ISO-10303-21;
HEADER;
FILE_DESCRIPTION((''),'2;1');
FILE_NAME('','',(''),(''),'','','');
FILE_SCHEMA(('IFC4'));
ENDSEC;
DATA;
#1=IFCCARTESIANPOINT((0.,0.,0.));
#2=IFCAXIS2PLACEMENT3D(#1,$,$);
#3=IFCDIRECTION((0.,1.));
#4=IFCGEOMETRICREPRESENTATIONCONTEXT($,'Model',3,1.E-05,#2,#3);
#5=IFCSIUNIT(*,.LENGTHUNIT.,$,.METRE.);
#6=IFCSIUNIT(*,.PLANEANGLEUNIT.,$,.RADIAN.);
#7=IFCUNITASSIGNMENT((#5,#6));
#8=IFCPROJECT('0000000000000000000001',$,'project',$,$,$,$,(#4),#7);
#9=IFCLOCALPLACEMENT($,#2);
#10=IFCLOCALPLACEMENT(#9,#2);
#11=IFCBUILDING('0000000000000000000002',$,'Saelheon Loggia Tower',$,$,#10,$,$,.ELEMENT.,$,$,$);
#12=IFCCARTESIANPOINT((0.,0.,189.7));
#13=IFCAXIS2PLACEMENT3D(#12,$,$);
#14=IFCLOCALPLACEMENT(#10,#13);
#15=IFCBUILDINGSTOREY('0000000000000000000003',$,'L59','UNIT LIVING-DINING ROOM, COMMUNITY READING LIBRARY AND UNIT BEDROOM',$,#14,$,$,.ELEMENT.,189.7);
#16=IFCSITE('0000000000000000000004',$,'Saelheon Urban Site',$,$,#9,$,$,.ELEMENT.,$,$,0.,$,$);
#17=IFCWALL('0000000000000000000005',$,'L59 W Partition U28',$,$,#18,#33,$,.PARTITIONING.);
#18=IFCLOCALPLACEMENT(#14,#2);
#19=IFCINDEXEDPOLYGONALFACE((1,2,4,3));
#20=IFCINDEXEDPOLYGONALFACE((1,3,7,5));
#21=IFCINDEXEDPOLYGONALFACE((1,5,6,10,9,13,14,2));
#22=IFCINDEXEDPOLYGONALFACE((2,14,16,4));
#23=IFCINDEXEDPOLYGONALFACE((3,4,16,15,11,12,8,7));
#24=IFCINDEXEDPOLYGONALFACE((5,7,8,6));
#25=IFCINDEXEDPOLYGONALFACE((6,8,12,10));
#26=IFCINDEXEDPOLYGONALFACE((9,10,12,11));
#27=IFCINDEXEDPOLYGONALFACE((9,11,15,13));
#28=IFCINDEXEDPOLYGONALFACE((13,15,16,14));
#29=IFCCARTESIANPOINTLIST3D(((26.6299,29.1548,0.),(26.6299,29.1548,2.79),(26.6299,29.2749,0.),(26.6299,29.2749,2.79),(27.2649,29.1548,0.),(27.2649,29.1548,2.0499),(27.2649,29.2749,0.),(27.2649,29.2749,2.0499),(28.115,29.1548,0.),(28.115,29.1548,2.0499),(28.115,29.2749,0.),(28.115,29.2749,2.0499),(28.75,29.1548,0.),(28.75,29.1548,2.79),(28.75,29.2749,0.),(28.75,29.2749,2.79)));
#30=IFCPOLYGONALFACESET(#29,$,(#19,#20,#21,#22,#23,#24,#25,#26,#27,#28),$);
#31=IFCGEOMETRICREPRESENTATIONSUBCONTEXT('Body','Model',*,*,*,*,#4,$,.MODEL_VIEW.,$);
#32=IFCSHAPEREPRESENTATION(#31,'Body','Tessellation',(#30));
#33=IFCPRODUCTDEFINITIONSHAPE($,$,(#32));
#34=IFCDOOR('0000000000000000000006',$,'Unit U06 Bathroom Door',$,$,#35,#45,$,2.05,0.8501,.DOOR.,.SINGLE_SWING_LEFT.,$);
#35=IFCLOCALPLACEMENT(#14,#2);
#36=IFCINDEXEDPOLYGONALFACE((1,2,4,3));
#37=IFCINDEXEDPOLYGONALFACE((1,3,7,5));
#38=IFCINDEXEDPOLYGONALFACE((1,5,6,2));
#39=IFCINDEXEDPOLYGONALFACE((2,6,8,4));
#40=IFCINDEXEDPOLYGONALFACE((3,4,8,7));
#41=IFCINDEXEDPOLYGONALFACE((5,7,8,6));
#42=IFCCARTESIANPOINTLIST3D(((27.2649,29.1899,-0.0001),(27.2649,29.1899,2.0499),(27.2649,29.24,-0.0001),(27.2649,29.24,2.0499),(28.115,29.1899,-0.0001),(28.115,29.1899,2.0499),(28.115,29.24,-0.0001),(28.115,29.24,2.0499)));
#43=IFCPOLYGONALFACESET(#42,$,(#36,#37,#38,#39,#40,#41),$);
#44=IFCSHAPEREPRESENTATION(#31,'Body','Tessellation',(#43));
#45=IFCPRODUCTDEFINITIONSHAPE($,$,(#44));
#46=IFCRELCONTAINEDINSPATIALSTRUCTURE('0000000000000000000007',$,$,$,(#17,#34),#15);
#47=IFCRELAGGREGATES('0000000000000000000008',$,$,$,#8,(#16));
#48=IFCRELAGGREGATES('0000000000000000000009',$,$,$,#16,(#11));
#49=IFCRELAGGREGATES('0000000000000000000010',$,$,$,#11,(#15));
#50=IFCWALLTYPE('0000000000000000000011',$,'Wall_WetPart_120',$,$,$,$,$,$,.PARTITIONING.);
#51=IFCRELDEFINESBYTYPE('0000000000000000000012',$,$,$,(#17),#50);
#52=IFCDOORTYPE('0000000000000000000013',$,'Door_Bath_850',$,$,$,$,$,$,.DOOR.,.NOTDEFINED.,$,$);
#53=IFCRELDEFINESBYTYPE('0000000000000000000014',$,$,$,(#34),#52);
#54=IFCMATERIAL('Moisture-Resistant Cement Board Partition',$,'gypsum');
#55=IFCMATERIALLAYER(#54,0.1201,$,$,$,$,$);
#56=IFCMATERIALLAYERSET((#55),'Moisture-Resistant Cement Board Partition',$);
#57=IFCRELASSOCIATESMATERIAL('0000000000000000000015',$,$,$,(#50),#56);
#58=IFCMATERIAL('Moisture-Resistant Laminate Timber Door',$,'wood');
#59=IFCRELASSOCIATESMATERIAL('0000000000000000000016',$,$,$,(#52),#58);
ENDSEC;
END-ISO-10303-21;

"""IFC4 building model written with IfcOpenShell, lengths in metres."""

from ifc_helpers import new_model, si_unit, direction, frame, frame_2d, origin, place, context, subcontext, project, spatial, rectangle, extrude, source, transform, mapped, material, layer, layer_set, type_object, element, fill, save


model = new_model("IFC4")

# Units and contexts
model_context = context("Model", 3, precision=1e-05, world=origin(), true_north=direction((0.0, 1.0)))
body_context = subcontext(model_context, "Body", "Model", "MODEL_VIEW")
ifc_project = project(units=[si_unit("LENGTHUNIT", "METRE"), si_unit("PLANEANGLEUNIT", "RADIAN")], contexts=[model_context])

# Site, building, storey
site_placement = place(None, origin())
site = spatial("IfcSite", under=ifc_project, at=site_placement, Name="Saelheon Urban Site", CompositionType="ELEMENT", RefElevation=0.0)
building_placement = place(site_placement, origin())
building = spatial("IfcBuilding", under=site, at=building_placement, Name="Saelheon Loggia Tower", CompositionType="ELEMENT")
storey_placement = place(building_placement, frame((0.0, 0.0, 189.7)))
storey = spatial("IfcBuildingStorey", under=building, at=storey_placement, Name="L59", Description="UNIT LIVING-DINING ROOM, COMMUNITY READING LIBRARY AND UNIT BEDROOM", CompositionType="ELEMENT", Elevation=189.7)

# Wall, opening, door
ifc_material_1 = material(Name="Moisture-Resistant Cement Board Partition", Category="gypsum")
ifc_layer_1 = layer(ifc_material_1, 0.1201)
ifc_layer_set_1 = layer_set([ifc_layer_1], Name="Moisture-Resistant Cement Board Partition")
wall_type_1 = type_object("IfcWallType", Name="Wall_WetPart_120", PredefinedType="PARTITIONING", material=ifc_layer_set_1)
wall_1_placement = place(storey_placement, frame((28.75, 29.2148, 0.0), z_axis=(0.0, 0.0, 1.0), x_axis=(-1.0, 0.0, 0.0)))
wall_1 = element("IfcWall", 1, at=wall_1_placement, inside=storey, type_object=wall_type_1, Name="L59 W Partition U28", PredefinedType="PARTITIONING", context=body_context, shape_type="SweptSolid", body=[
    extrude(rectangle(XDim=2.1201, YDim=0.1201, at=frame_2d((1.0601, 0.0))), origin(), (0.0, 0.0, 1.0), 2.79),
])
opening_1_placement = place(wall_1_placement, frame((0.635, 0.0, 0.0)))
opening_1 = element("IfcOpeningElement", 2, at=opening_1_placement, cuts=wall_1, PredefinedType="OPENING", context=body_context, shape_type="SweptSolid", body=[
    extrude(rectangle(XDim=0.8501, YDim=2.05, at=frame_2d((0.425, 1.0249))), frame((0.0, 0.072, 0.0), z_axis=(0.0, -1.0, 0.0), x_axis=(1.0, 0.0, 0.0)), (0.0, 0.0, 1.0), 0.144),
])
ifc_material_2 = material(Name="Moisture-Resistant Laminate Timber Door", Category="wood")
door_type_1 = type_object("IfcDoorType", Name="Door_Bath_850", OperationType="NOTDEFINED", PredefinedType="DOOR", material=ifc_material_2)
shared_shape_1 = source(origin(), body_context, "Body", "SweptSolid", [
    extrude(rectangle(XDim=0.8501, YDim=2.05, at=frame_2d((0.425, 1.0249))), frame((0.0, 0.0249, 0.0), z_axis=(0.0, -1.0, 0.0), x_axis=(1.0, 0.0, 0.0)), (0.0, 0.0, 1.0), 0.05),
])
door_1_placement = place(opening_1_placement, origin())
door_1 = element("IfcDoor", 3, at=door_1_placement, inside=storey, type_object=door_type_1, Name="Unit U06 Bathroom Door", OperationType="SINGLE_SWING_LEFT", OverallHeight=2.05, OverallWidth=0.8501, PredefinedType="DOOR", context=body_context, shape_type="MappedRepresentation", body=[
    mapped(shared_shape_1, transform((0.0, 0.0, 0.0), scale=1.0)),
])
fill(opening_1, door_1)

save(model, "model.ifc")
